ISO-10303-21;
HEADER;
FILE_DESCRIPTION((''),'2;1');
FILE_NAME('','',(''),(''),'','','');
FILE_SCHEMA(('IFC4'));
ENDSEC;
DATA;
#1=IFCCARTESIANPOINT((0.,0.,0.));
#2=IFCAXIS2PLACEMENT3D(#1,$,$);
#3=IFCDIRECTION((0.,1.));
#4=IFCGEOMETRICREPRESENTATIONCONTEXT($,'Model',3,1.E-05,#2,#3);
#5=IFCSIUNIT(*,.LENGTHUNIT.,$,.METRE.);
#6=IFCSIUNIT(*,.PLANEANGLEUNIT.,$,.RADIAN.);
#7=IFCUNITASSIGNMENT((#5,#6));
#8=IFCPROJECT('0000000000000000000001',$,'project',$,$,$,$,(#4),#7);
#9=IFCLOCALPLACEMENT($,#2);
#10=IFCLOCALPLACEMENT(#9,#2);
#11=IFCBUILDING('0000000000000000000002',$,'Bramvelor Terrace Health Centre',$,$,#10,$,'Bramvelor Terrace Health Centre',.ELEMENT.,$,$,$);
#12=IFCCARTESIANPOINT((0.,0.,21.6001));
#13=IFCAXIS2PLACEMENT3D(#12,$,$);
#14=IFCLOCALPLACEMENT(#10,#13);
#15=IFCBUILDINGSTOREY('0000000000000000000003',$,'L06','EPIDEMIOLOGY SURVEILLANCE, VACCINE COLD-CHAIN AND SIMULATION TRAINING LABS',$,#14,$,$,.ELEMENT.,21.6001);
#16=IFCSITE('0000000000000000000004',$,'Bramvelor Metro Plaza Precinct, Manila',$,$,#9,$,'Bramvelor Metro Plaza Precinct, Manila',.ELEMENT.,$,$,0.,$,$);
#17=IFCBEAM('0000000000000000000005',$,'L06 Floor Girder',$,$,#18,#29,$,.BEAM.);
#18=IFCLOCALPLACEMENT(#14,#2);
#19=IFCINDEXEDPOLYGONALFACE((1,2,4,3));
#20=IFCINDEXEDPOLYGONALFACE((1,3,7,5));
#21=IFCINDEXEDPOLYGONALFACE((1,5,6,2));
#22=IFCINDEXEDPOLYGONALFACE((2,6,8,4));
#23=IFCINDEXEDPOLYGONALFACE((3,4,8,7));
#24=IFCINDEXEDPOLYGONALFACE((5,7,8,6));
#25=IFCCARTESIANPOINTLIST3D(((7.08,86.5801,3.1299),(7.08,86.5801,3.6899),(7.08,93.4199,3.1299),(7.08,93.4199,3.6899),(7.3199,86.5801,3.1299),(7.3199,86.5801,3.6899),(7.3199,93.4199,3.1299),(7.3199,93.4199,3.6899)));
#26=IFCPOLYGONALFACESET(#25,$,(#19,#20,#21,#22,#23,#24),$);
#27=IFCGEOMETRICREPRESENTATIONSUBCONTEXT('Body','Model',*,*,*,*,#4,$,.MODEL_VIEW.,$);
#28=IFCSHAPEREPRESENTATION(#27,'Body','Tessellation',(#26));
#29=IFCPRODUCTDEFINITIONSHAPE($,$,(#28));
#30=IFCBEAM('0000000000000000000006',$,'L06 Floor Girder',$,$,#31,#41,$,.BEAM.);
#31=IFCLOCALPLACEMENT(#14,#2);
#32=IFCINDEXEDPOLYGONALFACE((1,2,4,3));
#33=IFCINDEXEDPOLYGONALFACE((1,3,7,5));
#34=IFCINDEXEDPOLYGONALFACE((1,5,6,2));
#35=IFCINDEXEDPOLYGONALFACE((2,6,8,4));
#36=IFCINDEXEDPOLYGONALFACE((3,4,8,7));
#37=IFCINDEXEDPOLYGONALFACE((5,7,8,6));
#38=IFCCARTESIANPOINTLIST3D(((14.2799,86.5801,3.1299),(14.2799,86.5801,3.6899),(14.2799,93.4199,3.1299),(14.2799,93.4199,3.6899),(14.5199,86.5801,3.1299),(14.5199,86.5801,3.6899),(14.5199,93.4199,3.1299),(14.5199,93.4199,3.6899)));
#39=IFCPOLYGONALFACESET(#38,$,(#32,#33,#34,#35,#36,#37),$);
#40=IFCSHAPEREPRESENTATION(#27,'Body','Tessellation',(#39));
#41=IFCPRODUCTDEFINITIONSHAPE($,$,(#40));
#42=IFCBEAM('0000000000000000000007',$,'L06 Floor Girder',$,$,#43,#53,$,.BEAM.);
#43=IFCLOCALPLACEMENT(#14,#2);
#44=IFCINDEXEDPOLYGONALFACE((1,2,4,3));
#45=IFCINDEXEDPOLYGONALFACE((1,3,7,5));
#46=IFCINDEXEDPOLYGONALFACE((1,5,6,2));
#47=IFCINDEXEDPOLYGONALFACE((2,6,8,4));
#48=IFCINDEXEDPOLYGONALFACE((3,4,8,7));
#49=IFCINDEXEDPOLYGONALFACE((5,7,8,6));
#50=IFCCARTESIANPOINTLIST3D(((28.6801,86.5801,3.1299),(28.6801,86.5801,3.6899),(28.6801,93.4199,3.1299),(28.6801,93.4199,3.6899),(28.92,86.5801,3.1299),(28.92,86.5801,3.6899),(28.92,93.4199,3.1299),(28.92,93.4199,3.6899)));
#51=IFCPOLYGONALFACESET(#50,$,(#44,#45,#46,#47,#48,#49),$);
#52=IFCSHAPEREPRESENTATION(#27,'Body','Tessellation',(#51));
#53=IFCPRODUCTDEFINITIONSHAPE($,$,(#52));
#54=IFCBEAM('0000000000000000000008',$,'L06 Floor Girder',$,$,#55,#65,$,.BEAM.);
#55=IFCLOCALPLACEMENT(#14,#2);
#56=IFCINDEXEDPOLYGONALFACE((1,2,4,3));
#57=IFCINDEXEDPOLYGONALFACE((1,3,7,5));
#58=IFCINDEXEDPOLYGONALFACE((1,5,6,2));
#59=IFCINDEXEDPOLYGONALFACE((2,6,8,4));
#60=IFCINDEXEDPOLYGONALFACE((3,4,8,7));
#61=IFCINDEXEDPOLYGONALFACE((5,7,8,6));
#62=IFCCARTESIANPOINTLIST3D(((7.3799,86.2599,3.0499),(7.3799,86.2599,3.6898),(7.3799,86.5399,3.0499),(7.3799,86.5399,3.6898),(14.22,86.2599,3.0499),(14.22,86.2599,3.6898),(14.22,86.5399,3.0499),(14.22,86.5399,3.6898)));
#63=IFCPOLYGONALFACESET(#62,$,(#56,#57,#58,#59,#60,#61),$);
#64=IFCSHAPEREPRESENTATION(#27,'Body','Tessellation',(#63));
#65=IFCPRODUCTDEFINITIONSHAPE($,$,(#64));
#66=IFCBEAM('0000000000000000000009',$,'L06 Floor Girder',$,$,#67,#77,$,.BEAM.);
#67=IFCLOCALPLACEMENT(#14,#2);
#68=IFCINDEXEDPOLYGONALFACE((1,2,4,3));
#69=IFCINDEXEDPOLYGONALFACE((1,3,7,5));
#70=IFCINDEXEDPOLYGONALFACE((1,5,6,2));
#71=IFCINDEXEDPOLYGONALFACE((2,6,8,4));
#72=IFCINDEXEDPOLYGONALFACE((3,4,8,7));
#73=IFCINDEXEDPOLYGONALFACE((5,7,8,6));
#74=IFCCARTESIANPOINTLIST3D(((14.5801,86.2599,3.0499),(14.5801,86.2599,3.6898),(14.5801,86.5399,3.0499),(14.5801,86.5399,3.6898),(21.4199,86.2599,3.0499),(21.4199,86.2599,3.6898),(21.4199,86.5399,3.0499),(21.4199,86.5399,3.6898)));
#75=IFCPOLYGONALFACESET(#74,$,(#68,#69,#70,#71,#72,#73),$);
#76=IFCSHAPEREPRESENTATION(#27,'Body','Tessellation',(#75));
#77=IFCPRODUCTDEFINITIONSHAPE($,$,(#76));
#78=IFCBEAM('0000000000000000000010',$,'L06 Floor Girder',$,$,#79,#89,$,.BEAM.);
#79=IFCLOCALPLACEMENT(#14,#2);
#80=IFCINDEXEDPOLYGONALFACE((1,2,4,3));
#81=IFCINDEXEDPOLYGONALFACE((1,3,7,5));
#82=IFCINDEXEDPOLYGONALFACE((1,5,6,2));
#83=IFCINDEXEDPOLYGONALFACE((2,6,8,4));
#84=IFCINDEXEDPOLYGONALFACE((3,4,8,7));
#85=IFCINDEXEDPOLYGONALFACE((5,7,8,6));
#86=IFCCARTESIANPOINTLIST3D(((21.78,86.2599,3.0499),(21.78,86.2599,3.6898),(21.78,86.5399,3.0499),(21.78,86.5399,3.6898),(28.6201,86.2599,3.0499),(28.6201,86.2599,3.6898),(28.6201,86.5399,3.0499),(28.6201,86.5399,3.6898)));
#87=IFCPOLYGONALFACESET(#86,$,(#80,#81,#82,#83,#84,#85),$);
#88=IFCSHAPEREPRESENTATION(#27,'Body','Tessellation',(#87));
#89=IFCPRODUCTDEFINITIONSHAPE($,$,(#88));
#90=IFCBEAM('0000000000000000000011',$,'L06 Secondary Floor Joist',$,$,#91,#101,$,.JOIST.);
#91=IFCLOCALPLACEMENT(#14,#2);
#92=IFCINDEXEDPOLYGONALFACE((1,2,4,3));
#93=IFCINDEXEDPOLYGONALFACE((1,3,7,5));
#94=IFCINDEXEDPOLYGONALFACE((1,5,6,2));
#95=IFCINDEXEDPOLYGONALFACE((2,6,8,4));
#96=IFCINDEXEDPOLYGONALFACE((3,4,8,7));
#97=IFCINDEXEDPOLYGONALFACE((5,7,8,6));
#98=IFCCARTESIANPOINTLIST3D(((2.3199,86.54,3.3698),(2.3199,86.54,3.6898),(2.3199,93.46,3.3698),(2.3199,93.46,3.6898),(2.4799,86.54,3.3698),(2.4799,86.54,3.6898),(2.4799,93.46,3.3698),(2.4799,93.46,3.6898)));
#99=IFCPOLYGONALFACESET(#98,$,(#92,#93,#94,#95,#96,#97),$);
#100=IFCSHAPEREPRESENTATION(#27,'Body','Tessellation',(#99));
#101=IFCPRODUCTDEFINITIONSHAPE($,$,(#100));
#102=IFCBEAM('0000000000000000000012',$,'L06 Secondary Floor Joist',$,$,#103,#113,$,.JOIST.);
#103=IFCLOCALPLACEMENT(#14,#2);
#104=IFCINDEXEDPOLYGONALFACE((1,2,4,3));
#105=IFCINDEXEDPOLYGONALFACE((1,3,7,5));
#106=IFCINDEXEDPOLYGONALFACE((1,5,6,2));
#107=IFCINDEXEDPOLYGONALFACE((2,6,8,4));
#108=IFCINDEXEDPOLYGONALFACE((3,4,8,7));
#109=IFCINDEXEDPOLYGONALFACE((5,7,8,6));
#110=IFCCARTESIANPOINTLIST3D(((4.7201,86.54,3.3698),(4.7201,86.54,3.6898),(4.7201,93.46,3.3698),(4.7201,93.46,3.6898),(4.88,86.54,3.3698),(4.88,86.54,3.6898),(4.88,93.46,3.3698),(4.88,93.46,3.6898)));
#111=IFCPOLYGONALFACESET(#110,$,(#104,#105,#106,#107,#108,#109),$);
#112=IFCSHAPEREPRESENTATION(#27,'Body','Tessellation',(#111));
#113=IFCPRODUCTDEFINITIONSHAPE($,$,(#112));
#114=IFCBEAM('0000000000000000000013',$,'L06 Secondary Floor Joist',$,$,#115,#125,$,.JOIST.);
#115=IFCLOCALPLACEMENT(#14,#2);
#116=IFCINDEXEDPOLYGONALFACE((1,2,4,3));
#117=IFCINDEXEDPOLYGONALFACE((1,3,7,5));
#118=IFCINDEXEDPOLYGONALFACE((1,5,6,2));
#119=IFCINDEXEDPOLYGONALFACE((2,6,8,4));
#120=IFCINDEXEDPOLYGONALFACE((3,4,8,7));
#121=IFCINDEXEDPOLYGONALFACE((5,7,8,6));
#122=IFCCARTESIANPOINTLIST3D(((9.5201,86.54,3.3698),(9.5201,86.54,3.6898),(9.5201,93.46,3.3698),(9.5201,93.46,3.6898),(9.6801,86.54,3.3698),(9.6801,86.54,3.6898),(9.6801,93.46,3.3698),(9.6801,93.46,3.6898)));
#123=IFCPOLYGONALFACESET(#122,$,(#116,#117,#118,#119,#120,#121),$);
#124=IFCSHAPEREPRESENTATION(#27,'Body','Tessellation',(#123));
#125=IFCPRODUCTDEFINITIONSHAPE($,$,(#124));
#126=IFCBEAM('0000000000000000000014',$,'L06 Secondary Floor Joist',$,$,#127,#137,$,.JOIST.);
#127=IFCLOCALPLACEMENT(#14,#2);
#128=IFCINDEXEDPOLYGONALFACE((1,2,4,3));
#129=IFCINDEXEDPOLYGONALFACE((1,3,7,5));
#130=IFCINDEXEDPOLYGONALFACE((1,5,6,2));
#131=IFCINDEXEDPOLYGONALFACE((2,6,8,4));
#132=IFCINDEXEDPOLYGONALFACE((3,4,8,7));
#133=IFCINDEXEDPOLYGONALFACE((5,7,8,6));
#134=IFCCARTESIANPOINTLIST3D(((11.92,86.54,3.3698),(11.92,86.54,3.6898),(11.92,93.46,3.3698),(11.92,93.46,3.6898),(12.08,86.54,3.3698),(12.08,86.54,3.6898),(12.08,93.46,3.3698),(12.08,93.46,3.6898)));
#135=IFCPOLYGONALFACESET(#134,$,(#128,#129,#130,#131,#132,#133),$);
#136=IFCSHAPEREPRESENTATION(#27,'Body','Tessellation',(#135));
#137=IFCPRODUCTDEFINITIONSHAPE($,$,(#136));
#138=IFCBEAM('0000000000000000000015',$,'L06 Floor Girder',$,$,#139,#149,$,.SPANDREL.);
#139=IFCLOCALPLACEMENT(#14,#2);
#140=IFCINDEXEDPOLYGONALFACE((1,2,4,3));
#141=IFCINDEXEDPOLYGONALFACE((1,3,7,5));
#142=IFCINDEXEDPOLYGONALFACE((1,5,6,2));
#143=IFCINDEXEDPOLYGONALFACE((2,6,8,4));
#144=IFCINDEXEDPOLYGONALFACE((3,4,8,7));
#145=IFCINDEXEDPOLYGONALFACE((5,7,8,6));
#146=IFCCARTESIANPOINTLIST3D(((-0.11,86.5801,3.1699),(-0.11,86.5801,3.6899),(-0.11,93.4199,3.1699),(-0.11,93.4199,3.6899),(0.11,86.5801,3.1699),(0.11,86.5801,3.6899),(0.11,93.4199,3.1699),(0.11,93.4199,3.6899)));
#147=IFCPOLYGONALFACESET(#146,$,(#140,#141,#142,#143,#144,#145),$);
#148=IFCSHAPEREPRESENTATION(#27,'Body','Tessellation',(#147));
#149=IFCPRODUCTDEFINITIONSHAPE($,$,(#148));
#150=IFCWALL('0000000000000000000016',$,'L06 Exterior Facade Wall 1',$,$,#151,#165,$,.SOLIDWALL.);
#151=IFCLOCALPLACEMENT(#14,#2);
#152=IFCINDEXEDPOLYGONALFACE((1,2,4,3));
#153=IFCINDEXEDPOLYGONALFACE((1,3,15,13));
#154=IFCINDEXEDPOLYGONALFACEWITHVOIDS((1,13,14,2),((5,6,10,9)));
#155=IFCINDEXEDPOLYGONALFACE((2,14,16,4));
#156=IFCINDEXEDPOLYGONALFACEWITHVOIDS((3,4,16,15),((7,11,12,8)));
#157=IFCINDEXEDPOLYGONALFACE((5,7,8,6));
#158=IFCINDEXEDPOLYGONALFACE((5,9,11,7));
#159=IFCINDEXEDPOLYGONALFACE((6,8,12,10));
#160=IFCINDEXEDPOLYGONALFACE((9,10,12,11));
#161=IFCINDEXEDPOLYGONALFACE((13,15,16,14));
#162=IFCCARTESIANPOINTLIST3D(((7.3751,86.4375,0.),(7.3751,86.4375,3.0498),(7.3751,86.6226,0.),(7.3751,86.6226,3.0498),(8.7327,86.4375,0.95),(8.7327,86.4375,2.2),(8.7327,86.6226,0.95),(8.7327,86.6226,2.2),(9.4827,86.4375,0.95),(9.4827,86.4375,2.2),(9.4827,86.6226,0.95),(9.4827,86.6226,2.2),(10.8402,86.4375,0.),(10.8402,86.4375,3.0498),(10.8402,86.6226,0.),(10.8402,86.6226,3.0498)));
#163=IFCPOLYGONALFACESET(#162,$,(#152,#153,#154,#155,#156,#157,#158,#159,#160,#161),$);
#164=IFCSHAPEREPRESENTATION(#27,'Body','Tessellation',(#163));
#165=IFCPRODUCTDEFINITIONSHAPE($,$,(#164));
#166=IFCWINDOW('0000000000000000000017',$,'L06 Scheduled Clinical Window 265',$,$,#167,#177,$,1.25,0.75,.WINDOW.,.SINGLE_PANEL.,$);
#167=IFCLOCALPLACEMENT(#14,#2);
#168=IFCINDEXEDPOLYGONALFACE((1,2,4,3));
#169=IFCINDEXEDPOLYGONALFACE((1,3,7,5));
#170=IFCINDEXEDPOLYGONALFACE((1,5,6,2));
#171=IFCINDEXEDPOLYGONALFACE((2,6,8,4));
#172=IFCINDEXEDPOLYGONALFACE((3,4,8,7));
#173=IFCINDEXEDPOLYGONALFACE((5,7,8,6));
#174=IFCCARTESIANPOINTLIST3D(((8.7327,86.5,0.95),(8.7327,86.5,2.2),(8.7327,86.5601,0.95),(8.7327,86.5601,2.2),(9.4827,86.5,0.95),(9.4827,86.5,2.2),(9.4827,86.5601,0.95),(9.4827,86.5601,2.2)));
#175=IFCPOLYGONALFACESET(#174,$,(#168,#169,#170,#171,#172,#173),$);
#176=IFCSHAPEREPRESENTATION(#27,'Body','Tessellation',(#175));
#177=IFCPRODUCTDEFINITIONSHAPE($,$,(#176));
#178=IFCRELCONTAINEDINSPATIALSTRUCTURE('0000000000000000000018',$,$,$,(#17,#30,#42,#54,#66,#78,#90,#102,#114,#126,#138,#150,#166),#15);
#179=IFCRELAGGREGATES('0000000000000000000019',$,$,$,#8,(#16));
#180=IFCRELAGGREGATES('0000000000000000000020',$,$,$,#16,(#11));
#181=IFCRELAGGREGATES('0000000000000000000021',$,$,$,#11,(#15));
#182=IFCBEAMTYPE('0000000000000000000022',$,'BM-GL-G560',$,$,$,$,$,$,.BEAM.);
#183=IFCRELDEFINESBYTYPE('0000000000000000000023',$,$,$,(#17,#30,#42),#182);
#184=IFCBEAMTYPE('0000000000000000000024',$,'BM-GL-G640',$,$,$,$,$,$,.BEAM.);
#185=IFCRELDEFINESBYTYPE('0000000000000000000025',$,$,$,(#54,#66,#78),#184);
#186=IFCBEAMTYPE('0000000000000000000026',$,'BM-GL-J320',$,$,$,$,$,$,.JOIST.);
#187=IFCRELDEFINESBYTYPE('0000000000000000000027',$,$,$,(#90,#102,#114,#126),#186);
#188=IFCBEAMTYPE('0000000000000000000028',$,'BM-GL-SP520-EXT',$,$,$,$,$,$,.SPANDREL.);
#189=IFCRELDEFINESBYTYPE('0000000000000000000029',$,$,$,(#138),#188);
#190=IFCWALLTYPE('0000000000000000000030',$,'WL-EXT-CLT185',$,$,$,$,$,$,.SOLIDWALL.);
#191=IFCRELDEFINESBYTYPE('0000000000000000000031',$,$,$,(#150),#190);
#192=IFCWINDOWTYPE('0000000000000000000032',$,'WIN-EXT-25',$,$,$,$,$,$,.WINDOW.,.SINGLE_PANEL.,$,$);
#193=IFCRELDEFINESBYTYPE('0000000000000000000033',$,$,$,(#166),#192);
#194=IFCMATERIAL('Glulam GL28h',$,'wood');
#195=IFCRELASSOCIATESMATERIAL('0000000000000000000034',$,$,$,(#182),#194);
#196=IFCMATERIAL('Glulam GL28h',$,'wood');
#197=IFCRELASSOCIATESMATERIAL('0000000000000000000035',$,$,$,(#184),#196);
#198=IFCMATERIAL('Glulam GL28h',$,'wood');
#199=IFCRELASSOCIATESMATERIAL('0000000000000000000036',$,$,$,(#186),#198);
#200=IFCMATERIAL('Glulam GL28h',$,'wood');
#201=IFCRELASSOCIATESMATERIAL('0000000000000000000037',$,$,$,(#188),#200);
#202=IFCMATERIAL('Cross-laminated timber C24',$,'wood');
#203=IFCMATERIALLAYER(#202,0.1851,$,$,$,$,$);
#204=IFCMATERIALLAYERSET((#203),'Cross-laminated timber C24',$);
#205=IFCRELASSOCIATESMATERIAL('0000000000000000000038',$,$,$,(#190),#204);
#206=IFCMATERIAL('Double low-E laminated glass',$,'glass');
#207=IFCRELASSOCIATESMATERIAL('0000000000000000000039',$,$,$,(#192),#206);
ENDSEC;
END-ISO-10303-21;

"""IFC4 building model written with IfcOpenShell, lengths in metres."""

from ifc_helpers import new_model, si_unit, direction, frame, frame_2d, origin, origin_2d, place, context, subcontext, project, spatial, rectangle, extrude, material, layer, layer_set, material_profile, profile_set, type_object, element, fill, save


model = new_model("IFC4")

# Units and contexts
model_context = context("Model", 3, precision=1e-05, world=origin(), true_north=direction((0.0, 1.0)))
body_context = subcontext(model_context, "Body", "Model", "MODEL_VIEW")
ifc_project = project(units=[si_unit("LENGTHUNIT", "METRE"), si_unit("PLANEANGLEUNIT", "RADIAN")], contexts=[model_context])

# Site, building, storey
site_placement = place(None, origin())
site = spatial("IfcSite", under=ifc_project, at=site_placement, Name="Bramvelor Metro Plaza Precinct, Manila", LongName="Bramvelor Metro Plaza Precinct, Manila", CompositionType="ELEMENT", RefElevation=0.0)
building_placement = place(site_placement, origin())
building = spatial("IfcBuilding", under=site, at=building_placement, Name="Bramvelor Terrace Health Centre", LongName="Bramvelor Terrace Health Centre", CompositionType="ELEMENT")
storey_placement = place(building_placement, frame((0.0, 0.0, 21.6001)))
storey = spatial("IfcBuildingStorey", under=building, at=storey_placement, Name="L06", Description="EPIDEMIOLOGY SURVEILLANCE, VACCINE COLD-CHAIN AND SIMULATION TRAINING LABS", CompositionType="ELEMENT", Elevation=21.6001)

# Beams
ifc_material_1 = material(Name="Glulam GL28h", Category="wood")
ifc_material_profile_1 = material_profile(ifc_material_1, rectangle(XDim=0.24, YDim=0.5601, at=origin_2d()), Name="GL 240x560")
ifc_profile_set_1 = profile_set([ifc_material_profile_1], Name="Glulam GL28h")
beam_type_1 = type_object("IfcBeamType", Name="BM-GL-G560", PredefinedType="BEAM", material=ifc_profile_set_1)
for number, where, z_axis, x_axis, name in (
    (1, (7.2, 86.5801, 3.4099), (0.0, 1.0, 0.0), (-1.0, 0.0, 0.0), "L06 Floor Girder"),
    (2, (14.3999, 86.5801, 3.4099), (0.0, 1.0, 0.0), (-1.0, 0.0, 0.0), "L06 Floor Girder"),
    (3, (28.8, 86.5801, 3.4099), (0.0, 1.0, 0.0), (-1.0, 0.0, 0.0), "L06 Floor Girder"),
):
    element("IfcBeam", number, at=place(storey_placement, frame(where, z_axis=z_axis, x_axis=x_axis)), inside=storey, type_object=beam_type_1, Name=name, PredefinedType="BEAM", context=body_context, shape_type="SweptSolid", body=[
        extrude(rectangle(XDim=0.24, YDim=0.5601, at=origin_2d()), origin(), (0.0, 0.0, 1.0), 6.8398),
    ])
ifc_material_2 = material(Name="Glulam GL28h", Category="wood")
ifc_material_profile_2 = material_profile(ifc_material_2, rectangle(XDim=0.28, YDim=0.6399, at=origin_2d()), Name="GL 280x640")
ifc_profile_set_2 = profile_set([ifc_material_profile_2], Name="Glulam GL28h")
beam_type_2 = type_object("IfcBeamType", Name="BM-GL-G640", PredefinedType="BEAM", material=ifc_profile_set_2)
beam_1_placement = place(storey_placement, frame((7.3799, 86.3999, 3.3699), z_axis=(1.0, 0.0, 0.0), x_axis=(0.0, 1.0, 0.0)))
element("IfcBeam", 4, at=beam_1_placement, inside=storey, type_object=beam_type_2, Name="L06 Floor Girder", PredefinedType="BEAM", context=body_context, shape_type="SweptSolid", body=[
    extrude(rectangle(XDim=0.28, YDim=0.6399, at=origin_2d()), origin(), (0.0, 0.0, 1.0), 6.8401),
])
beam_2_placement = place(storey_placement, frame((14.5801, 86.3999, 3.3699), z_axis=(1.0, 0.0, 0.0), x_axis=(0.0, 1.0, 0.0)))
element("IfcBeam", 5, at=beam_2_placement, inside=storey, type_object=beam_type_2, Name="L06 Floor Girder", PredefinedType="BEAM", context=body_context, shape_type="SweptSolid", body=[
    extrude(rectangle(XDim=0.28, YDim=0.6399, at=origin_2d()), origin(), (0.0, 0.0, 1.0), 6.8398),
])
beam_3_placement = place(storey_placement, frame((21.78, 86.3999, 3.3699), z_axis=(1.0, 0.0, 0.0), x_axis=(0.0, 1.0, 0.0)))
element("IfcBeam", 6, at=beam_3_placement, inside=storey, type_object=beam_type_2, Name="L06 Floor Girder", PredefinedType="BEAM", context=body_context, shape_type="SweptSolid", body=[
    extrude(rectangle(XDim=0.28, YDim=0.6399, at=origin_2d()), origin(), (0.0, 0.0, 1.0), 6.8401),
])
ifc_material_3 = material(Name="Glulam GL28h", Category="wood")
ifc_material_profile_3 = material_profile(ifc_material_3, rectangle(XDim=0.1599, YDim=0.3201, at=origin_2d()), Name="GL 160x320")
ifc_profile_set_3 = profile_set([ifc_material_profile_3], Name="Glulam GL28h")
beam_type_3 = type_object("IfcBeamType", Name="BM-GL-J320", PredefinedType="JOIST", material=ifc_profile_set_3)
for number, where, z_axis, x_axis, name in (
    (7, (2.3999, 86.54, 3.5298), (0.0, 1.0, 0.0), (-1.0, 0.0, 0.0), "L06 Secondary Floor Joist"),
    (8, (4.8, 86.54, 3.5298), (0.0, 1.0, 0.0), (-1.0, 0.0, 0.0), "L06 Secondary Floor Joist"),
    (9, (9.6001, 86.54, 3.5298), (0.0, 1.0, 0.0), (-1.0, 0.0, 0.0), "L06 Secondary Floor Joist"),
    (10, (12.0, 86.54, 3.5298), (0.0, 1.0, 0.0), (-1.0, 0.0, 0.0), "L06 Secondary Floor Joist"),
):
    element("IfcBeam", number, at=place(storey_placement, frame(where, z_axis=z_axis, x_axis=x_axis)), inside=storey, type_object=beam_type_3, Name=name, PredefinedType="JOIST", context=body_context, shape_type="SweptSolid", body=[
        extrude(rectangle(XDim=0.1599, YDim=0.3201, at=origin_2d()), origin(), (0.0, 0.0, 1.0), 6.9199),
    ])
ifc_material_4 = material(Name="Glulam GL28h", Category="wood")
ifc_material_profile_4 = material_profile(ifc_material_4, rectangle(XDim=0.22, YDim=0.52, at=origin_2d()), Name="GL 220x520")
ifc_profile_set_4 = profile_set([ifc_material_profile_4], Name="Glulam GL28h")
beam_type_4 = type_object("IfcBeamType", Name="BM-GL-SP520-EXT", PredefinedType="SPANDREL", material=ifc_profile_set_4)
beam_4_placement = place(storey_placement, frame((0.0, 86.5801, 3.4299), z_axis=(0.0, 1.0, 0.0), x_axis=(-1.0, 0.0, 0.0)))
element("IfcBeam", 11, at=beam_4_placement, inside=storey, type_object=beam_type_4, Name="L06 Floor Girder", PredefinedType="SPANDREL", context=body_context, shape_type="SweptSolid", body=[
    extrude(rectangle(XDim=0.22, YDim=0.52, at=origin_2d()), origin(), (0.0, 0.0, 1.0), 6.8398),
])

# Wall, opening, window
ifc_material_5 = material(Name="Cross-laminated timber C24", Category="wood")
ifc_layer_1 = layer(ifc_material_5, 0.1851)
ifc_layer_set_1 = layer_set([ifc_layer_1], Name="Cross-laminated timber C24")
wall_type_1 = type_object("IfcWallType", Name="WL-EXT-CLT185", PredefinedType="SOLIDWALL", material=ifc_layer_set_1)
wall_1_placement = place(storey_placement, frame((10.8401, 86.53, 0.0), z_axis=(0.0, 0.0, 1.0), x_axis=(-1.0, 0.0, 0.0)))
wall_1 = element("IfcWall", 12, at=wall_1_placement, inside=storey, type_object=wall_type_1, Name="L06 Exterior Facade Wall 1", PredefinedType="SOLIDWALL", context=body_context, shape_type="SweptSolid", body=[
    extrude(rectangle(XDim=3.4651, YDim=0.1851, at=frame_2d((1.7324, 0.0))), origin(), (0.0, 0.0, 1.0), 3.0498),
])
opening_1_placement = place(wall_1_placement, frame((1.3574, 0.0, 0.95)))
opening_1 = element("IfcOpeningElement", 13, at=opening_1_placement, cuts=wall_1, PredefinedType="OPENING", context=body_context, shape_type="SweptSolid", body=[
    extrude(rectangle(XDim=0.75, YDim=1.25, at=frame_2d((0.375, 0.625))), frame((0.0, 0.1025, 0.0), z_axis=(0.0, -1.0, 0.0), x_axis=(1.0, 0.0, 0.0)), (0.0, 0.0, 1.0), 0.2051),
])
ifc_material_6 = material(Name="Double low-E laminated glass", Category="glass")
window_type_1 = type_object("IfcWindowType", Name="WIN-EXT-25", PartitioningType="SINGLE_PANEL", PredefinedType="WINDOW", material=ifc_material_6)
window_1_placement = place(opening_1_placement, origin())
window_1 = element("IfcWindow", 14, at=window_1_placement, inside=storey, type_object=window_type_1, Name="L06 Scheduled Clinical Window 265", OverallHeight=1.25, OverallWidth=0.75, PartitioningType="SINGLE_PANEL", PredefinedType="WINDOW", context=body_context, shape_type="SweptSolid", body=[
    extrude(rectangle(XDim=0.75, YDim=1.25, at=frame_2d((0.375, 0.625))), frame((0.0, 0.03, 0.0), z_axis=(0.0, -1.0, 0.0), x_axis=(1.0, 0.0, 0.0)), (0.0, 0.0, 1.0), 0.0601),
])
fill(opening_1, window_1)

save(model, "model.ifc")
